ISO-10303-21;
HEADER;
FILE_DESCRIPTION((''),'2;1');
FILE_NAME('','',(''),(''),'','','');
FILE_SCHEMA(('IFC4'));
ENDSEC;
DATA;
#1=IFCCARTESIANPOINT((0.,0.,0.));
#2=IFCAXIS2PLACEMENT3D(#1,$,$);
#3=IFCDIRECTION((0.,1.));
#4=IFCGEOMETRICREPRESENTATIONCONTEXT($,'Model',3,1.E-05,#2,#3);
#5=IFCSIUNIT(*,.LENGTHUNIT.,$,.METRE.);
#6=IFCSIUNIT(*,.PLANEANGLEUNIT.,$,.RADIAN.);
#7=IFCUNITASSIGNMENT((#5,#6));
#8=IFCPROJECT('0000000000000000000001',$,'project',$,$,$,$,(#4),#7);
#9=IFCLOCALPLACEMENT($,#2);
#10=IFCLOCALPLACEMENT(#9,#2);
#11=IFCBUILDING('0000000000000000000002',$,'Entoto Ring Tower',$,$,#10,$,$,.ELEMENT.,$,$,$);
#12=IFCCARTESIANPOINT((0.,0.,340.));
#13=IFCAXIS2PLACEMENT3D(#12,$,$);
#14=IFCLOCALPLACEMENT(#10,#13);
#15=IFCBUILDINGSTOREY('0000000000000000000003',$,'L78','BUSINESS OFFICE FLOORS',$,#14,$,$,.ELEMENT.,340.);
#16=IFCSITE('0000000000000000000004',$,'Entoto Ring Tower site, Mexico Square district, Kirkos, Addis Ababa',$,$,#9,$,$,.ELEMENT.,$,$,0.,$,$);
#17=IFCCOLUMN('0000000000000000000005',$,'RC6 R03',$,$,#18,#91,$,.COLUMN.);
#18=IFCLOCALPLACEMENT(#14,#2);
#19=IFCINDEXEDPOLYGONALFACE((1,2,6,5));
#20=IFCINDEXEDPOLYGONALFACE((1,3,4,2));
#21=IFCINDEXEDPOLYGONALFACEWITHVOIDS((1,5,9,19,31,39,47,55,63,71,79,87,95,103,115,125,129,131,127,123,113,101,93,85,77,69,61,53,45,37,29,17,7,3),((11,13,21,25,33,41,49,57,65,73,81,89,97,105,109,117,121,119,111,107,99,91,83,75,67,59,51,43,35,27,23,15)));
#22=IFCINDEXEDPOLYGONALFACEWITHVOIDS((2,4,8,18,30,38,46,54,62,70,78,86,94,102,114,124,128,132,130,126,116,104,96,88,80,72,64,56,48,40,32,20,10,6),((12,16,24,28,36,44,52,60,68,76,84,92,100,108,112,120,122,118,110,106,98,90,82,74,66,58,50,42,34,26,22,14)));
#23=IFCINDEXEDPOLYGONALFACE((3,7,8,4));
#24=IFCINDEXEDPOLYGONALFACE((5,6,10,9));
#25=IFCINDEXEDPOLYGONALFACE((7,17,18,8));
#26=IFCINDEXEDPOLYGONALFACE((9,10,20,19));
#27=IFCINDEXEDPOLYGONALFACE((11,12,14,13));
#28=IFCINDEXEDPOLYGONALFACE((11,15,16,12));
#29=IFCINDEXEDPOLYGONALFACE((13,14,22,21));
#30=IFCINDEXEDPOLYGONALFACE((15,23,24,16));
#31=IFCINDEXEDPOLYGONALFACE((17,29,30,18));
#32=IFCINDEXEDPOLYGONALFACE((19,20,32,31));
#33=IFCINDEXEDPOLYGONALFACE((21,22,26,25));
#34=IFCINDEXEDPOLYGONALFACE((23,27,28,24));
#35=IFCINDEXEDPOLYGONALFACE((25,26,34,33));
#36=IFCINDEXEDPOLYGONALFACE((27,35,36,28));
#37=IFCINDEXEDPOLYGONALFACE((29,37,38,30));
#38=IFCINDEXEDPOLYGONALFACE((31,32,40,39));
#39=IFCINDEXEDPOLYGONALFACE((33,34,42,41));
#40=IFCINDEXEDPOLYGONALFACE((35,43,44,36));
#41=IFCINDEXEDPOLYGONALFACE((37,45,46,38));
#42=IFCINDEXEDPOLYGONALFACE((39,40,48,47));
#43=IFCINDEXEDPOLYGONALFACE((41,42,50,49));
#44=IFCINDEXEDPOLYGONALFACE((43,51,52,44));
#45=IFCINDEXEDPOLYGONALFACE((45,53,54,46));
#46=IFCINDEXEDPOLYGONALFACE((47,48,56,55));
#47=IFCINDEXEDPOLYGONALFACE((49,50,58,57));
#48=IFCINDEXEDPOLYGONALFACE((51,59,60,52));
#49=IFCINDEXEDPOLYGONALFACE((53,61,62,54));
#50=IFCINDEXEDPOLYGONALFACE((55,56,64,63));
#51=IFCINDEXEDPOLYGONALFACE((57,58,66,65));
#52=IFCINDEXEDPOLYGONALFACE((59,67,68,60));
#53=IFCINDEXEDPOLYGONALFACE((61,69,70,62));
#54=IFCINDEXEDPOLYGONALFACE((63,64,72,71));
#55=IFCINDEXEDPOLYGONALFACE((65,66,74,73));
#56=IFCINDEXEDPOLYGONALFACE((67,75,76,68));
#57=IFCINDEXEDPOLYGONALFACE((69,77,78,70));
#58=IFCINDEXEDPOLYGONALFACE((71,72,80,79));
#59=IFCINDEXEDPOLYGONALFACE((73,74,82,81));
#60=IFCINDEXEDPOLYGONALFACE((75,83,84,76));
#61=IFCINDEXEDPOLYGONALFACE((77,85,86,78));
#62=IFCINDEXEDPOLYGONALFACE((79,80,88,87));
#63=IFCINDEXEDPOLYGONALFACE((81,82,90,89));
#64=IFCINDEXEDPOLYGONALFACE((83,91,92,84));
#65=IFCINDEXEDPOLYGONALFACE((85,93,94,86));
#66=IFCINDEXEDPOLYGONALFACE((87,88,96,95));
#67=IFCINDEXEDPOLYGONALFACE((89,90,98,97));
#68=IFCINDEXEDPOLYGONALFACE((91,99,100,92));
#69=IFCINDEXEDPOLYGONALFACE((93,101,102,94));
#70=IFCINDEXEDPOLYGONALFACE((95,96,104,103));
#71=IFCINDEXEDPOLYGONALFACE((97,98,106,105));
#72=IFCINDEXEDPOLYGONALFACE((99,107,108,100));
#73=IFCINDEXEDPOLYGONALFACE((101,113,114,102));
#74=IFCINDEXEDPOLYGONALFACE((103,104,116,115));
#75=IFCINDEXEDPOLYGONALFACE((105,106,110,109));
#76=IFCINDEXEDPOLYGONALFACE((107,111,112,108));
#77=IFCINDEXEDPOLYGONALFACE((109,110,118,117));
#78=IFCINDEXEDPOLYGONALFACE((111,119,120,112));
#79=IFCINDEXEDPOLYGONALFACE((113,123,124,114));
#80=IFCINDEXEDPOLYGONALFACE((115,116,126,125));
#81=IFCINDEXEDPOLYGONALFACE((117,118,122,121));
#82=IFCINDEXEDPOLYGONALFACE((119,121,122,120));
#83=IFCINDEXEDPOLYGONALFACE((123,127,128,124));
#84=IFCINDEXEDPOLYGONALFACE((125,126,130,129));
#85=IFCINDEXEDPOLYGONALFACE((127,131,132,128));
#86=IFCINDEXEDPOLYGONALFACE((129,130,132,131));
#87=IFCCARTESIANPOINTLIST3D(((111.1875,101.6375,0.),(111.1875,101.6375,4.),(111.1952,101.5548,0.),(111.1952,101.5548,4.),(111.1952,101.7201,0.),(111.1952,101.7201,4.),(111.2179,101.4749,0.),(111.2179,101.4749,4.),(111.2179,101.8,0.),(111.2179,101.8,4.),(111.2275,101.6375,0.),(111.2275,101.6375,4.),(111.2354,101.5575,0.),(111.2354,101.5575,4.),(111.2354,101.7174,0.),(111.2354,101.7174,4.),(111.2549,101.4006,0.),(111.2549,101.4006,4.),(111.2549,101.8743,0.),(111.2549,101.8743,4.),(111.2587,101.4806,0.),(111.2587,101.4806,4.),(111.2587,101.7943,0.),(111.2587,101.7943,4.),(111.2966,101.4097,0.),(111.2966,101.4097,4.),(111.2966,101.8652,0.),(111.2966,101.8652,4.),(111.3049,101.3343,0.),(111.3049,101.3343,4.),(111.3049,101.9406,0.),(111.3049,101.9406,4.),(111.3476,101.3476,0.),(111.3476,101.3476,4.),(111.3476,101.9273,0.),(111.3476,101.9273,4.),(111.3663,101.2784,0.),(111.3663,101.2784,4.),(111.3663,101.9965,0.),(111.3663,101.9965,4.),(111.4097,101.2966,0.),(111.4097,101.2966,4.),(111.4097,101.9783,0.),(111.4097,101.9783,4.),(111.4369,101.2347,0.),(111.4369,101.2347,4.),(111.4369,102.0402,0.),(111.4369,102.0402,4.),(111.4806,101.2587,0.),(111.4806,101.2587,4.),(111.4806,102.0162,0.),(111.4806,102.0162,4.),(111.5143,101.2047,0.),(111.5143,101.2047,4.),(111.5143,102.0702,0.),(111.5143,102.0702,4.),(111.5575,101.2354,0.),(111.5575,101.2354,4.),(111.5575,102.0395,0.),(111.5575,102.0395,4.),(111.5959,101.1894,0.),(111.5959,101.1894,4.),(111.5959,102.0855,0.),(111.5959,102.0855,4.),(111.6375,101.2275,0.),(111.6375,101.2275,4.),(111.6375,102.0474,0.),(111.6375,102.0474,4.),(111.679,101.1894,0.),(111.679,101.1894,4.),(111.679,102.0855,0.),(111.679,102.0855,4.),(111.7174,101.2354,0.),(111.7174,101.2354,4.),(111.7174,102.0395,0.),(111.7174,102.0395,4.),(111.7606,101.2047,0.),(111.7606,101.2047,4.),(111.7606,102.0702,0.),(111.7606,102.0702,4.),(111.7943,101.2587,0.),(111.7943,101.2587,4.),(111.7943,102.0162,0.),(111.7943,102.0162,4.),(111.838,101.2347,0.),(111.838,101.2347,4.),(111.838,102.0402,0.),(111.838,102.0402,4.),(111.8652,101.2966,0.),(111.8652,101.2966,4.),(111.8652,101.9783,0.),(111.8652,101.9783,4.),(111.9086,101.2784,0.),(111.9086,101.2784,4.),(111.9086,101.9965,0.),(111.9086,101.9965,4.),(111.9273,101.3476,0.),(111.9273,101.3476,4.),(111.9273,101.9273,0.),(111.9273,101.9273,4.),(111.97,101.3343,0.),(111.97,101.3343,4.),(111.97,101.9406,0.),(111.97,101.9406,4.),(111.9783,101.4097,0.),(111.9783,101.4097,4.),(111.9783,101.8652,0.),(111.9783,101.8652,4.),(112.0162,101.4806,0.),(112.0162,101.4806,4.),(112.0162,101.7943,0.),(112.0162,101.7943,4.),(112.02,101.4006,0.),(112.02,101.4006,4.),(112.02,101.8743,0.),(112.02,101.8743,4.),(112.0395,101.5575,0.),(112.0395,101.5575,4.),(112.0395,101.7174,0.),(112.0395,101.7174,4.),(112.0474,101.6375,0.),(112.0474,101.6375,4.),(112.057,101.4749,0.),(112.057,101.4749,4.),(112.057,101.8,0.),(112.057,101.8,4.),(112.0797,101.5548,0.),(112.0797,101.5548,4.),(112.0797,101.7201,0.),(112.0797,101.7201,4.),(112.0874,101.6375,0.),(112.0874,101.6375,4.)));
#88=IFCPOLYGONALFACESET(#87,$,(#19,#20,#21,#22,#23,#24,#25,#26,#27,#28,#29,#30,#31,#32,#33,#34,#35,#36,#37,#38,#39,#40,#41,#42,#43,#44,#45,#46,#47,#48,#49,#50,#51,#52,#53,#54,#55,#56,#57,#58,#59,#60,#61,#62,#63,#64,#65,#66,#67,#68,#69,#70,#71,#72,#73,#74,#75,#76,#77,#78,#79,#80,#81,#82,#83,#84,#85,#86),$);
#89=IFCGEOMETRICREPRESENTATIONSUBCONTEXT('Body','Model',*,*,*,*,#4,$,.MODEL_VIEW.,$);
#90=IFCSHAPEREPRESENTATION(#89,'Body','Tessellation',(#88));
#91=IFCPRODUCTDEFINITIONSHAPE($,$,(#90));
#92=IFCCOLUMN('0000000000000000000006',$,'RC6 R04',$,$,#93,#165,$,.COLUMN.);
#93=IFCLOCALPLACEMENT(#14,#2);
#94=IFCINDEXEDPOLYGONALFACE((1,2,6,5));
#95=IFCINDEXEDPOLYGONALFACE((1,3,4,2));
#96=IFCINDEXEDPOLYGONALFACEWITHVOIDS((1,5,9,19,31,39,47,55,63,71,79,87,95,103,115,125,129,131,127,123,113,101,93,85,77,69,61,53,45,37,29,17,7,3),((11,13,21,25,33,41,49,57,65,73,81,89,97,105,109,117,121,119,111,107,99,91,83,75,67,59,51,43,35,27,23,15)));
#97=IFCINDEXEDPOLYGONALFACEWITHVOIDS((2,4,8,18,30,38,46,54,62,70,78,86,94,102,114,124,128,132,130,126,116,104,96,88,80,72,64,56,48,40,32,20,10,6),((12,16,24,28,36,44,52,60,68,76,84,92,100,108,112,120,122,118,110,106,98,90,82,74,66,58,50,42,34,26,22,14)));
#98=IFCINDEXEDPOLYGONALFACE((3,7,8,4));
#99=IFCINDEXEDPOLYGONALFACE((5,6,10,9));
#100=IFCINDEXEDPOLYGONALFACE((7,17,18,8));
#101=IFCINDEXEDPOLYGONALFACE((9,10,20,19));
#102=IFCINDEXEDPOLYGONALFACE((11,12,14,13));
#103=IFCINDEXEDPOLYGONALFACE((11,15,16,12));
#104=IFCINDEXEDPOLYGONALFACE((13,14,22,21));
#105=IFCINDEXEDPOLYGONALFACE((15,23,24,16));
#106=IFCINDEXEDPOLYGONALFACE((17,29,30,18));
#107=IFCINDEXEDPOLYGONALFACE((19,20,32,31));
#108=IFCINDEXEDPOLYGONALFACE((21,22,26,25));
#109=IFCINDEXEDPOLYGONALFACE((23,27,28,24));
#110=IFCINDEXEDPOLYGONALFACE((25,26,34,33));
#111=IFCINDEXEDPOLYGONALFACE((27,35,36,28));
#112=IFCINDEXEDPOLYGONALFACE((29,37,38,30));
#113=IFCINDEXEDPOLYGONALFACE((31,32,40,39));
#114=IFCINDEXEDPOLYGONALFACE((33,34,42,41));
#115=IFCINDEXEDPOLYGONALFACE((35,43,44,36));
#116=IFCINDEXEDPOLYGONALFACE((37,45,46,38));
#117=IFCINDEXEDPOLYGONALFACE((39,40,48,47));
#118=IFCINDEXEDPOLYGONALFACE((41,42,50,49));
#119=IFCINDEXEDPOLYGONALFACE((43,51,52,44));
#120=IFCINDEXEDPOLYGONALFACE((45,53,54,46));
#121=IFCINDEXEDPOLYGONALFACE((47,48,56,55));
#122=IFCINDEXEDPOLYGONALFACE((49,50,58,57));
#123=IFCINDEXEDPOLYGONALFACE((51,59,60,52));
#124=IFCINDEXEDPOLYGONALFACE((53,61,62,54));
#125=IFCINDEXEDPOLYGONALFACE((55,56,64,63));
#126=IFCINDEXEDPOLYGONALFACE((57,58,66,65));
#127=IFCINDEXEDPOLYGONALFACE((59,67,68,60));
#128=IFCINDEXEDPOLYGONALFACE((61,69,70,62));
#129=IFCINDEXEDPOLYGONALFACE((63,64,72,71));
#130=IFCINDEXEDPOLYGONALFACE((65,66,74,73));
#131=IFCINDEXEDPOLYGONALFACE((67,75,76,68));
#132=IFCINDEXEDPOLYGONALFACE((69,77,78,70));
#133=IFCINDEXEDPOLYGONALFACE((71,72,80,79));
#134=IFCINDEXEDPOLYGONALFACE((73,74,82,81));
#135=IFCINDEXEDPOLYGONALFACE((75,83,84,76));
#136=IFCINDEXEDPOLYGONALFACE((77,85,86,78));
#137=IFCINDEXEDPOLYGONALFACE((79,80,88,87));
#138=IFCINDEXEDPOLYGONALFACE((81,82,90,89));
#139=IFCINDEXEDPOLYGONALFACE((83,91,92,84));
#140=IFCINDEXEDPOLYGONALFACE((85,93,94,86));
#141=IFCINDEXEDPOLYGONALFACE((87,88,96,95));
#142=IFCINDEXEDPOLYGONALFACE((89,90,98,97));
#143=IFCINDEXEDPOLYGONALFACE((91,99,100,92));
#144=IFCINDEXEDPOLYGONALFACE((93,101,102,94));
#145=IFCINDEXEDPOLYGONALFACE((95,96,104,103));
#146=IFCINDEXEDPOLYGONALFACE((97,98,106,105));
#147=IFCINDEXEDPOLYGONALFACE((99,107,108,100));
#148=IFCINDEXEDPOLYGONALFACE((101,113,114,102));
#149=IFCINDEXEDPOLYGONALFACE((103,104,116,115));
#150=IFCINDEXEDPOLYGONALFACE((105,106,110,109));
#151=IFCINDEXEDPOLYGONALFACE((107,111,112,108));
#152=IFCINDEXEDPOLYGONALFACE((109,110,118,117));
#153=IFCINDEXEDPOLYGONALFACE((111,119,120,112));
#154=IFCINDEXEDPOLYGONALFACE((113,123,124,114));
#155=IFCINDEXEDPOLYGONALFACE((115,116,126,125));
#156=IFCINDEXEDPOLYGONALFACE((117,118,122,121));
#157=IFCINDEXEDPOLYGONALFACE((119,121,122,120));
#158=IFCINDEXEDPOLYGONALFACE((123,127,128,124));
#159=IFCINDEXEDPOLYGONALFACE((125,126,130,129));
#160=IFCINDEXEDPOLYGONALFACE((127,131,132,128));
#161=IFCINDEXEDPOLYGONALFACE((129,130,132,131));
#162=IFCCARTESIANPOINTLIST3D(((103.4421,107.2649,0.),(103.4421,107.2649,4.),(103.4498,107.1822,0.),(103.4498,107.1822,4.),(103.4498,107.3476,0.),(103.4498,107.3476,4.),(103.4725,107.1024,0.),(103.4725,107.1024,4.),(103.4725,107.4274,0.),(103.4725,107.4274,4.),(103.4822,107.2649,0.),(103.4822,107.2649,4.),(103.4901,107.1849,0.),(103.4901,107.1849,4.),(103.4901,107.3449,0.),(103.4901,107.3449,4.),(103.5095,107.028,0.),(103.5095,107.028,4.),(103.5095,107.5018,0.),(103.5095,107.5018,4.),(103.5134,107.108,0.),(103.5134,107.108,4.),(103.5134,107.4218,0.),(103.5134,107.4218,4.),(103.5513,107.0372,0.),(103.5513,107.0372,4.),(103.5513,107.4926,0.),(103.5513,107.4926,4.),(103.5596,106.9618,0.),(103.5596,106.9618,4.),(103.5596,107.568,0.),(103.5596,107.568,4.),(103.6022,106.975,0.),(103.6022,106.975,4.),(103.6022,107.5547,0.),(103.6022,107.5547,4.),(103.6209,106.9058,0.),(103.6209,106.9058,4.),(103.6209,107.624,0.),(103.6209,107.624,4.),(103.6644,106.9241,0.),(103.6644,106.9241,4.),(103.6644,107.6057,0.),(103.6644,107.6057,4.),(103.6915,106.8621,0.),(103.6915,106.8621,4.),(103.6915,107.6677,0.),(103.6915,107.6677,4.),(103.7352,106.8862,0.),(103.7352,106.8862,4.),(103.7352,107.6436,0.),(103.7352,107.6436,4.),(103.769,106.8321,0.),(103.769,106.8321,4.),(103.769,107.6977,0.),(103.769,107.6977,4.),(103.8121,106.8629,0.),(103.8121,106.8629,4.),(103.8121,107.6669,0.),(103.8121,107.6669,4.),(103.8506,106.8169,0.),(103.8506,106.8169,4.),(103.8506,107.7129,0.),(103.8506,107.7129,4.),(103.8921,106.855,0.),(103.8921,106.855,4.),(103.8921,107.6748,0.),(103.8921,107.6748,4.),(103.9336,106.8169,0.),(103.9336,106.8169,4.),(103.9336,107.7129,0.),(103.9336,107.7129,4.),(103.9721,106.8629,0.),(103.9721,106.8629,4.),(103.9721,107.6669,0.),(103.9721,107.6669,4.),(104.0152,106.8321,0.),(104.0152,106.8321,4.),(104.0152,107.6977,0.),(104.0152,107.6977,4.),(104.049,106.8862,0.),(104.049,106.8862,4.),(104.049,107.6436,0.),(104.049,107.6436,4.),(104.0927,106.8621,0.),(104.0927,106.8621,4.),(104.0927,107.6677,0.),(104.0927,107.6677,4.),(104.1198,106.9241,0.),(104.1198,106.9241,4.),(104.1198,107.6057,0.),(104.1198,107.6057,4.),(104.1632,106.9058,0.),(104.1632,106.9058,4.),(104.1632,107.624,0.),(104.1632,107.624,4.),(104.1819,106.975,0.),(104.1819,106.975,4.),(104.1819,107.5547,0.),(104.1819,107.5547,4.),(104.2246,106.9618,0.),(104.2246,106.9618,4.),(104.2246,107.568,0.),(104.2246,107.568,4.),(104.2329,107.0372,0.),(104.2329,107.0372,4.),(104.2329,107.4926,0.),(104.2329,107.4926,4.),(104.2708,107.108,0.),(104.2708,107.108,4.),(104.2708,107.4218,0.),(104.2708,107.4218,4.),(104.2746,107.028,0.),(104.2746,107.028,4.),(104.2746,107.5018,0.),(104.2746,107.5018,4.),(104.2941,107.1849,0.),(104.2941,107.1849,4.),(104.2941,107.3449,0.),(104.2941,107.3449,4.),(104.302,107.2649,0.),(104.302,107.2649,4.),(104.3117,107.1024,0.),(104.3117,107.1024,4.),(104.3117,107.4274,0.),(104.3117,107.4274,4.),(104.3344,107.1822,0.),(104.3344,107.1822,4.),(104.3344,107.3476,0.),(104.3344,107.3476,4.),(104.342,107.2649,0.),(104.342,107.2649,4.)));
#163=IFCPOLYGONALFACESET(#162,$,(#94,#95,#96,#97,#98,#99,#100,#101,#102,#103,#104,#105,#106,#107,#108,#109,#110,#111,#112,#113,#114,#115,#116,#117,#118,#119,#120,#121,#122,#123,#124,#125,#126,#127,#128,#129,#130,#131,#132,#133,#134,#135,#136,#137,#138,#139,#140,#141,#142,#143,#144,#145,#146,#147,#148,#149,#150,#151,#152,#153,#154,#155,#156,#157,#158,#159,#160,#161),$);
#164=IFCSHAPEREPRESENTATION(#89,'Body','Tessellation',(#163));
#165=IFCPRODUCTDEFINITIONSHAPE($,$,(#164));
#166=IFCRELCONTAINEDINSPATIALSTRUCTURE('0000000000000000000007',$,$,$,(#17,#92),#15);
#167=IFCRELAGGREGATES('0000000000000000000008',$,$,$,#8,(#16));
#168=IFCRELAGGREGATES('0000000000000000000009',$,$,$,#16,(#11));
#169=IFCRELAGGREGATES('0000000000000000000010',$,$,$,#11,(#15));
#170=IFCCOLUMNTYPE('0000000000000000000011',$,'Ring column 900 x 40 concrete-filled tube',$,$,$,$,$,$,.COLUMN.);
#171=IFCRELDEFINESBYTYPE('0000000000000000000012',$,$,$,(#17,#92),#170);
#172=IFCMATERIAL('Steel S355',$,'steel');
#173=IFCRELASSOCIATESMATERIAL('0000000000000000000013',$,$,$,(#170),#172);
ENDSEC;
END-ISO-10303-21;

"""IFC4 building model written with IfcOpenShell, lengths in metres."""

from ifc_helpers import new_model, si_unit, direction, frame, origin, origin_2d, place, context, subcontext, project, spatial, circle, hollow_circle, extrude, material, material_profile, profile_set, type_object, element, save


model = new_model("IFC4")

# Units and contexts
model_context = context("Model", 3, precision=1e-05, world=origin(), true_north=direction((0.0, 1.0)))
body_context = subcontext(model_context, "Body", "Model", "MODEL_VIEW")
ifc_project = project(units=[si_unit("LENGTHUNIT", "METRE"), si_unit("PLANEANGLEUNIT", "RADIAN")], contexts=[model_context])

# Site, building, storey
site_placement = place(None, origin())
site = spatial("IfcSite", under=ifc_project, at=site_placement, Name="Entoto Ring Tower site, Mexico Square district, Kirkos, Addis Ababa", CompositionType="ELEMENT", RefElevation=0.0)
building_placement = place(site_placement, origin())
building = spatial("IfcBuilding", under=site, at=building_placement, Name="Entoto Ring Tower", CompositionType="ELEMENT")
storey_placement = place(building_placement, frame((0.0, 0.0, 340.0)))
storey = spatial("IfcBuildingStorey", under=building, at=storey_placement, Name="L78", Description="BUSINESS OFFICE FLOORS", CompositionType="ELEMENT", Elevation=340.0)

# Columns
ifc_material_1 = material(Name="Steel S355", Category="steel")
ifc_material_profile_1 = material_profile(ifc_material_1, hollow_circle(Radius=0.45, WallThickness=0.04, at=origin_2d()), Name="CHS 900 x 40")
ifc_material_2 = material(Name="Concrete C60/75", Category="concrete")
ifc_material_profile_2 = material_profile(ifc_material_2, circle(Radius=0.4099, at=origin_2d()), Name="Concrete C60/75 infill")
ifc_profile_set_1 = profile_set([ifc_material_profile_1, ifc_material_profile_2], Name="Steel S355")
column_type = type_object("IfcColumnType", Name="Ring column 900 x 40 concrete-filled tube", PredefinedType="COLUMN", material=ifc_profile_set_1)
for number, where, z_axis, x_axis, name in (
    (1, (111.6375, 101.6375, 0.0), (0.0, 0.0, 1.0), (1.0, 0.0, 0.0), "RC6 R03"),
    (2, (103.8921, 107.2649, 0.0), (0.0, 0.0, 1.0), (1.0, 0.0, 0.0), "RC6 R04"),
):
    element("IfcColumn", number, at=place(storey_placement, frame(where, z_axis=z_axis, x_axis=x_axis)), inside=storey, type_object=column_type, Name=name, PredefinedType="COLUMN", context=body_context, shape_type="SweptSolid", body=[
        extrude(hollow_circle(Radius=0.45, WallThickness=0.04, at=origin_2d()), origin(), (0.0, 0.0, 1.0), 4.0),
    ])

save(model, "model.ifc")
